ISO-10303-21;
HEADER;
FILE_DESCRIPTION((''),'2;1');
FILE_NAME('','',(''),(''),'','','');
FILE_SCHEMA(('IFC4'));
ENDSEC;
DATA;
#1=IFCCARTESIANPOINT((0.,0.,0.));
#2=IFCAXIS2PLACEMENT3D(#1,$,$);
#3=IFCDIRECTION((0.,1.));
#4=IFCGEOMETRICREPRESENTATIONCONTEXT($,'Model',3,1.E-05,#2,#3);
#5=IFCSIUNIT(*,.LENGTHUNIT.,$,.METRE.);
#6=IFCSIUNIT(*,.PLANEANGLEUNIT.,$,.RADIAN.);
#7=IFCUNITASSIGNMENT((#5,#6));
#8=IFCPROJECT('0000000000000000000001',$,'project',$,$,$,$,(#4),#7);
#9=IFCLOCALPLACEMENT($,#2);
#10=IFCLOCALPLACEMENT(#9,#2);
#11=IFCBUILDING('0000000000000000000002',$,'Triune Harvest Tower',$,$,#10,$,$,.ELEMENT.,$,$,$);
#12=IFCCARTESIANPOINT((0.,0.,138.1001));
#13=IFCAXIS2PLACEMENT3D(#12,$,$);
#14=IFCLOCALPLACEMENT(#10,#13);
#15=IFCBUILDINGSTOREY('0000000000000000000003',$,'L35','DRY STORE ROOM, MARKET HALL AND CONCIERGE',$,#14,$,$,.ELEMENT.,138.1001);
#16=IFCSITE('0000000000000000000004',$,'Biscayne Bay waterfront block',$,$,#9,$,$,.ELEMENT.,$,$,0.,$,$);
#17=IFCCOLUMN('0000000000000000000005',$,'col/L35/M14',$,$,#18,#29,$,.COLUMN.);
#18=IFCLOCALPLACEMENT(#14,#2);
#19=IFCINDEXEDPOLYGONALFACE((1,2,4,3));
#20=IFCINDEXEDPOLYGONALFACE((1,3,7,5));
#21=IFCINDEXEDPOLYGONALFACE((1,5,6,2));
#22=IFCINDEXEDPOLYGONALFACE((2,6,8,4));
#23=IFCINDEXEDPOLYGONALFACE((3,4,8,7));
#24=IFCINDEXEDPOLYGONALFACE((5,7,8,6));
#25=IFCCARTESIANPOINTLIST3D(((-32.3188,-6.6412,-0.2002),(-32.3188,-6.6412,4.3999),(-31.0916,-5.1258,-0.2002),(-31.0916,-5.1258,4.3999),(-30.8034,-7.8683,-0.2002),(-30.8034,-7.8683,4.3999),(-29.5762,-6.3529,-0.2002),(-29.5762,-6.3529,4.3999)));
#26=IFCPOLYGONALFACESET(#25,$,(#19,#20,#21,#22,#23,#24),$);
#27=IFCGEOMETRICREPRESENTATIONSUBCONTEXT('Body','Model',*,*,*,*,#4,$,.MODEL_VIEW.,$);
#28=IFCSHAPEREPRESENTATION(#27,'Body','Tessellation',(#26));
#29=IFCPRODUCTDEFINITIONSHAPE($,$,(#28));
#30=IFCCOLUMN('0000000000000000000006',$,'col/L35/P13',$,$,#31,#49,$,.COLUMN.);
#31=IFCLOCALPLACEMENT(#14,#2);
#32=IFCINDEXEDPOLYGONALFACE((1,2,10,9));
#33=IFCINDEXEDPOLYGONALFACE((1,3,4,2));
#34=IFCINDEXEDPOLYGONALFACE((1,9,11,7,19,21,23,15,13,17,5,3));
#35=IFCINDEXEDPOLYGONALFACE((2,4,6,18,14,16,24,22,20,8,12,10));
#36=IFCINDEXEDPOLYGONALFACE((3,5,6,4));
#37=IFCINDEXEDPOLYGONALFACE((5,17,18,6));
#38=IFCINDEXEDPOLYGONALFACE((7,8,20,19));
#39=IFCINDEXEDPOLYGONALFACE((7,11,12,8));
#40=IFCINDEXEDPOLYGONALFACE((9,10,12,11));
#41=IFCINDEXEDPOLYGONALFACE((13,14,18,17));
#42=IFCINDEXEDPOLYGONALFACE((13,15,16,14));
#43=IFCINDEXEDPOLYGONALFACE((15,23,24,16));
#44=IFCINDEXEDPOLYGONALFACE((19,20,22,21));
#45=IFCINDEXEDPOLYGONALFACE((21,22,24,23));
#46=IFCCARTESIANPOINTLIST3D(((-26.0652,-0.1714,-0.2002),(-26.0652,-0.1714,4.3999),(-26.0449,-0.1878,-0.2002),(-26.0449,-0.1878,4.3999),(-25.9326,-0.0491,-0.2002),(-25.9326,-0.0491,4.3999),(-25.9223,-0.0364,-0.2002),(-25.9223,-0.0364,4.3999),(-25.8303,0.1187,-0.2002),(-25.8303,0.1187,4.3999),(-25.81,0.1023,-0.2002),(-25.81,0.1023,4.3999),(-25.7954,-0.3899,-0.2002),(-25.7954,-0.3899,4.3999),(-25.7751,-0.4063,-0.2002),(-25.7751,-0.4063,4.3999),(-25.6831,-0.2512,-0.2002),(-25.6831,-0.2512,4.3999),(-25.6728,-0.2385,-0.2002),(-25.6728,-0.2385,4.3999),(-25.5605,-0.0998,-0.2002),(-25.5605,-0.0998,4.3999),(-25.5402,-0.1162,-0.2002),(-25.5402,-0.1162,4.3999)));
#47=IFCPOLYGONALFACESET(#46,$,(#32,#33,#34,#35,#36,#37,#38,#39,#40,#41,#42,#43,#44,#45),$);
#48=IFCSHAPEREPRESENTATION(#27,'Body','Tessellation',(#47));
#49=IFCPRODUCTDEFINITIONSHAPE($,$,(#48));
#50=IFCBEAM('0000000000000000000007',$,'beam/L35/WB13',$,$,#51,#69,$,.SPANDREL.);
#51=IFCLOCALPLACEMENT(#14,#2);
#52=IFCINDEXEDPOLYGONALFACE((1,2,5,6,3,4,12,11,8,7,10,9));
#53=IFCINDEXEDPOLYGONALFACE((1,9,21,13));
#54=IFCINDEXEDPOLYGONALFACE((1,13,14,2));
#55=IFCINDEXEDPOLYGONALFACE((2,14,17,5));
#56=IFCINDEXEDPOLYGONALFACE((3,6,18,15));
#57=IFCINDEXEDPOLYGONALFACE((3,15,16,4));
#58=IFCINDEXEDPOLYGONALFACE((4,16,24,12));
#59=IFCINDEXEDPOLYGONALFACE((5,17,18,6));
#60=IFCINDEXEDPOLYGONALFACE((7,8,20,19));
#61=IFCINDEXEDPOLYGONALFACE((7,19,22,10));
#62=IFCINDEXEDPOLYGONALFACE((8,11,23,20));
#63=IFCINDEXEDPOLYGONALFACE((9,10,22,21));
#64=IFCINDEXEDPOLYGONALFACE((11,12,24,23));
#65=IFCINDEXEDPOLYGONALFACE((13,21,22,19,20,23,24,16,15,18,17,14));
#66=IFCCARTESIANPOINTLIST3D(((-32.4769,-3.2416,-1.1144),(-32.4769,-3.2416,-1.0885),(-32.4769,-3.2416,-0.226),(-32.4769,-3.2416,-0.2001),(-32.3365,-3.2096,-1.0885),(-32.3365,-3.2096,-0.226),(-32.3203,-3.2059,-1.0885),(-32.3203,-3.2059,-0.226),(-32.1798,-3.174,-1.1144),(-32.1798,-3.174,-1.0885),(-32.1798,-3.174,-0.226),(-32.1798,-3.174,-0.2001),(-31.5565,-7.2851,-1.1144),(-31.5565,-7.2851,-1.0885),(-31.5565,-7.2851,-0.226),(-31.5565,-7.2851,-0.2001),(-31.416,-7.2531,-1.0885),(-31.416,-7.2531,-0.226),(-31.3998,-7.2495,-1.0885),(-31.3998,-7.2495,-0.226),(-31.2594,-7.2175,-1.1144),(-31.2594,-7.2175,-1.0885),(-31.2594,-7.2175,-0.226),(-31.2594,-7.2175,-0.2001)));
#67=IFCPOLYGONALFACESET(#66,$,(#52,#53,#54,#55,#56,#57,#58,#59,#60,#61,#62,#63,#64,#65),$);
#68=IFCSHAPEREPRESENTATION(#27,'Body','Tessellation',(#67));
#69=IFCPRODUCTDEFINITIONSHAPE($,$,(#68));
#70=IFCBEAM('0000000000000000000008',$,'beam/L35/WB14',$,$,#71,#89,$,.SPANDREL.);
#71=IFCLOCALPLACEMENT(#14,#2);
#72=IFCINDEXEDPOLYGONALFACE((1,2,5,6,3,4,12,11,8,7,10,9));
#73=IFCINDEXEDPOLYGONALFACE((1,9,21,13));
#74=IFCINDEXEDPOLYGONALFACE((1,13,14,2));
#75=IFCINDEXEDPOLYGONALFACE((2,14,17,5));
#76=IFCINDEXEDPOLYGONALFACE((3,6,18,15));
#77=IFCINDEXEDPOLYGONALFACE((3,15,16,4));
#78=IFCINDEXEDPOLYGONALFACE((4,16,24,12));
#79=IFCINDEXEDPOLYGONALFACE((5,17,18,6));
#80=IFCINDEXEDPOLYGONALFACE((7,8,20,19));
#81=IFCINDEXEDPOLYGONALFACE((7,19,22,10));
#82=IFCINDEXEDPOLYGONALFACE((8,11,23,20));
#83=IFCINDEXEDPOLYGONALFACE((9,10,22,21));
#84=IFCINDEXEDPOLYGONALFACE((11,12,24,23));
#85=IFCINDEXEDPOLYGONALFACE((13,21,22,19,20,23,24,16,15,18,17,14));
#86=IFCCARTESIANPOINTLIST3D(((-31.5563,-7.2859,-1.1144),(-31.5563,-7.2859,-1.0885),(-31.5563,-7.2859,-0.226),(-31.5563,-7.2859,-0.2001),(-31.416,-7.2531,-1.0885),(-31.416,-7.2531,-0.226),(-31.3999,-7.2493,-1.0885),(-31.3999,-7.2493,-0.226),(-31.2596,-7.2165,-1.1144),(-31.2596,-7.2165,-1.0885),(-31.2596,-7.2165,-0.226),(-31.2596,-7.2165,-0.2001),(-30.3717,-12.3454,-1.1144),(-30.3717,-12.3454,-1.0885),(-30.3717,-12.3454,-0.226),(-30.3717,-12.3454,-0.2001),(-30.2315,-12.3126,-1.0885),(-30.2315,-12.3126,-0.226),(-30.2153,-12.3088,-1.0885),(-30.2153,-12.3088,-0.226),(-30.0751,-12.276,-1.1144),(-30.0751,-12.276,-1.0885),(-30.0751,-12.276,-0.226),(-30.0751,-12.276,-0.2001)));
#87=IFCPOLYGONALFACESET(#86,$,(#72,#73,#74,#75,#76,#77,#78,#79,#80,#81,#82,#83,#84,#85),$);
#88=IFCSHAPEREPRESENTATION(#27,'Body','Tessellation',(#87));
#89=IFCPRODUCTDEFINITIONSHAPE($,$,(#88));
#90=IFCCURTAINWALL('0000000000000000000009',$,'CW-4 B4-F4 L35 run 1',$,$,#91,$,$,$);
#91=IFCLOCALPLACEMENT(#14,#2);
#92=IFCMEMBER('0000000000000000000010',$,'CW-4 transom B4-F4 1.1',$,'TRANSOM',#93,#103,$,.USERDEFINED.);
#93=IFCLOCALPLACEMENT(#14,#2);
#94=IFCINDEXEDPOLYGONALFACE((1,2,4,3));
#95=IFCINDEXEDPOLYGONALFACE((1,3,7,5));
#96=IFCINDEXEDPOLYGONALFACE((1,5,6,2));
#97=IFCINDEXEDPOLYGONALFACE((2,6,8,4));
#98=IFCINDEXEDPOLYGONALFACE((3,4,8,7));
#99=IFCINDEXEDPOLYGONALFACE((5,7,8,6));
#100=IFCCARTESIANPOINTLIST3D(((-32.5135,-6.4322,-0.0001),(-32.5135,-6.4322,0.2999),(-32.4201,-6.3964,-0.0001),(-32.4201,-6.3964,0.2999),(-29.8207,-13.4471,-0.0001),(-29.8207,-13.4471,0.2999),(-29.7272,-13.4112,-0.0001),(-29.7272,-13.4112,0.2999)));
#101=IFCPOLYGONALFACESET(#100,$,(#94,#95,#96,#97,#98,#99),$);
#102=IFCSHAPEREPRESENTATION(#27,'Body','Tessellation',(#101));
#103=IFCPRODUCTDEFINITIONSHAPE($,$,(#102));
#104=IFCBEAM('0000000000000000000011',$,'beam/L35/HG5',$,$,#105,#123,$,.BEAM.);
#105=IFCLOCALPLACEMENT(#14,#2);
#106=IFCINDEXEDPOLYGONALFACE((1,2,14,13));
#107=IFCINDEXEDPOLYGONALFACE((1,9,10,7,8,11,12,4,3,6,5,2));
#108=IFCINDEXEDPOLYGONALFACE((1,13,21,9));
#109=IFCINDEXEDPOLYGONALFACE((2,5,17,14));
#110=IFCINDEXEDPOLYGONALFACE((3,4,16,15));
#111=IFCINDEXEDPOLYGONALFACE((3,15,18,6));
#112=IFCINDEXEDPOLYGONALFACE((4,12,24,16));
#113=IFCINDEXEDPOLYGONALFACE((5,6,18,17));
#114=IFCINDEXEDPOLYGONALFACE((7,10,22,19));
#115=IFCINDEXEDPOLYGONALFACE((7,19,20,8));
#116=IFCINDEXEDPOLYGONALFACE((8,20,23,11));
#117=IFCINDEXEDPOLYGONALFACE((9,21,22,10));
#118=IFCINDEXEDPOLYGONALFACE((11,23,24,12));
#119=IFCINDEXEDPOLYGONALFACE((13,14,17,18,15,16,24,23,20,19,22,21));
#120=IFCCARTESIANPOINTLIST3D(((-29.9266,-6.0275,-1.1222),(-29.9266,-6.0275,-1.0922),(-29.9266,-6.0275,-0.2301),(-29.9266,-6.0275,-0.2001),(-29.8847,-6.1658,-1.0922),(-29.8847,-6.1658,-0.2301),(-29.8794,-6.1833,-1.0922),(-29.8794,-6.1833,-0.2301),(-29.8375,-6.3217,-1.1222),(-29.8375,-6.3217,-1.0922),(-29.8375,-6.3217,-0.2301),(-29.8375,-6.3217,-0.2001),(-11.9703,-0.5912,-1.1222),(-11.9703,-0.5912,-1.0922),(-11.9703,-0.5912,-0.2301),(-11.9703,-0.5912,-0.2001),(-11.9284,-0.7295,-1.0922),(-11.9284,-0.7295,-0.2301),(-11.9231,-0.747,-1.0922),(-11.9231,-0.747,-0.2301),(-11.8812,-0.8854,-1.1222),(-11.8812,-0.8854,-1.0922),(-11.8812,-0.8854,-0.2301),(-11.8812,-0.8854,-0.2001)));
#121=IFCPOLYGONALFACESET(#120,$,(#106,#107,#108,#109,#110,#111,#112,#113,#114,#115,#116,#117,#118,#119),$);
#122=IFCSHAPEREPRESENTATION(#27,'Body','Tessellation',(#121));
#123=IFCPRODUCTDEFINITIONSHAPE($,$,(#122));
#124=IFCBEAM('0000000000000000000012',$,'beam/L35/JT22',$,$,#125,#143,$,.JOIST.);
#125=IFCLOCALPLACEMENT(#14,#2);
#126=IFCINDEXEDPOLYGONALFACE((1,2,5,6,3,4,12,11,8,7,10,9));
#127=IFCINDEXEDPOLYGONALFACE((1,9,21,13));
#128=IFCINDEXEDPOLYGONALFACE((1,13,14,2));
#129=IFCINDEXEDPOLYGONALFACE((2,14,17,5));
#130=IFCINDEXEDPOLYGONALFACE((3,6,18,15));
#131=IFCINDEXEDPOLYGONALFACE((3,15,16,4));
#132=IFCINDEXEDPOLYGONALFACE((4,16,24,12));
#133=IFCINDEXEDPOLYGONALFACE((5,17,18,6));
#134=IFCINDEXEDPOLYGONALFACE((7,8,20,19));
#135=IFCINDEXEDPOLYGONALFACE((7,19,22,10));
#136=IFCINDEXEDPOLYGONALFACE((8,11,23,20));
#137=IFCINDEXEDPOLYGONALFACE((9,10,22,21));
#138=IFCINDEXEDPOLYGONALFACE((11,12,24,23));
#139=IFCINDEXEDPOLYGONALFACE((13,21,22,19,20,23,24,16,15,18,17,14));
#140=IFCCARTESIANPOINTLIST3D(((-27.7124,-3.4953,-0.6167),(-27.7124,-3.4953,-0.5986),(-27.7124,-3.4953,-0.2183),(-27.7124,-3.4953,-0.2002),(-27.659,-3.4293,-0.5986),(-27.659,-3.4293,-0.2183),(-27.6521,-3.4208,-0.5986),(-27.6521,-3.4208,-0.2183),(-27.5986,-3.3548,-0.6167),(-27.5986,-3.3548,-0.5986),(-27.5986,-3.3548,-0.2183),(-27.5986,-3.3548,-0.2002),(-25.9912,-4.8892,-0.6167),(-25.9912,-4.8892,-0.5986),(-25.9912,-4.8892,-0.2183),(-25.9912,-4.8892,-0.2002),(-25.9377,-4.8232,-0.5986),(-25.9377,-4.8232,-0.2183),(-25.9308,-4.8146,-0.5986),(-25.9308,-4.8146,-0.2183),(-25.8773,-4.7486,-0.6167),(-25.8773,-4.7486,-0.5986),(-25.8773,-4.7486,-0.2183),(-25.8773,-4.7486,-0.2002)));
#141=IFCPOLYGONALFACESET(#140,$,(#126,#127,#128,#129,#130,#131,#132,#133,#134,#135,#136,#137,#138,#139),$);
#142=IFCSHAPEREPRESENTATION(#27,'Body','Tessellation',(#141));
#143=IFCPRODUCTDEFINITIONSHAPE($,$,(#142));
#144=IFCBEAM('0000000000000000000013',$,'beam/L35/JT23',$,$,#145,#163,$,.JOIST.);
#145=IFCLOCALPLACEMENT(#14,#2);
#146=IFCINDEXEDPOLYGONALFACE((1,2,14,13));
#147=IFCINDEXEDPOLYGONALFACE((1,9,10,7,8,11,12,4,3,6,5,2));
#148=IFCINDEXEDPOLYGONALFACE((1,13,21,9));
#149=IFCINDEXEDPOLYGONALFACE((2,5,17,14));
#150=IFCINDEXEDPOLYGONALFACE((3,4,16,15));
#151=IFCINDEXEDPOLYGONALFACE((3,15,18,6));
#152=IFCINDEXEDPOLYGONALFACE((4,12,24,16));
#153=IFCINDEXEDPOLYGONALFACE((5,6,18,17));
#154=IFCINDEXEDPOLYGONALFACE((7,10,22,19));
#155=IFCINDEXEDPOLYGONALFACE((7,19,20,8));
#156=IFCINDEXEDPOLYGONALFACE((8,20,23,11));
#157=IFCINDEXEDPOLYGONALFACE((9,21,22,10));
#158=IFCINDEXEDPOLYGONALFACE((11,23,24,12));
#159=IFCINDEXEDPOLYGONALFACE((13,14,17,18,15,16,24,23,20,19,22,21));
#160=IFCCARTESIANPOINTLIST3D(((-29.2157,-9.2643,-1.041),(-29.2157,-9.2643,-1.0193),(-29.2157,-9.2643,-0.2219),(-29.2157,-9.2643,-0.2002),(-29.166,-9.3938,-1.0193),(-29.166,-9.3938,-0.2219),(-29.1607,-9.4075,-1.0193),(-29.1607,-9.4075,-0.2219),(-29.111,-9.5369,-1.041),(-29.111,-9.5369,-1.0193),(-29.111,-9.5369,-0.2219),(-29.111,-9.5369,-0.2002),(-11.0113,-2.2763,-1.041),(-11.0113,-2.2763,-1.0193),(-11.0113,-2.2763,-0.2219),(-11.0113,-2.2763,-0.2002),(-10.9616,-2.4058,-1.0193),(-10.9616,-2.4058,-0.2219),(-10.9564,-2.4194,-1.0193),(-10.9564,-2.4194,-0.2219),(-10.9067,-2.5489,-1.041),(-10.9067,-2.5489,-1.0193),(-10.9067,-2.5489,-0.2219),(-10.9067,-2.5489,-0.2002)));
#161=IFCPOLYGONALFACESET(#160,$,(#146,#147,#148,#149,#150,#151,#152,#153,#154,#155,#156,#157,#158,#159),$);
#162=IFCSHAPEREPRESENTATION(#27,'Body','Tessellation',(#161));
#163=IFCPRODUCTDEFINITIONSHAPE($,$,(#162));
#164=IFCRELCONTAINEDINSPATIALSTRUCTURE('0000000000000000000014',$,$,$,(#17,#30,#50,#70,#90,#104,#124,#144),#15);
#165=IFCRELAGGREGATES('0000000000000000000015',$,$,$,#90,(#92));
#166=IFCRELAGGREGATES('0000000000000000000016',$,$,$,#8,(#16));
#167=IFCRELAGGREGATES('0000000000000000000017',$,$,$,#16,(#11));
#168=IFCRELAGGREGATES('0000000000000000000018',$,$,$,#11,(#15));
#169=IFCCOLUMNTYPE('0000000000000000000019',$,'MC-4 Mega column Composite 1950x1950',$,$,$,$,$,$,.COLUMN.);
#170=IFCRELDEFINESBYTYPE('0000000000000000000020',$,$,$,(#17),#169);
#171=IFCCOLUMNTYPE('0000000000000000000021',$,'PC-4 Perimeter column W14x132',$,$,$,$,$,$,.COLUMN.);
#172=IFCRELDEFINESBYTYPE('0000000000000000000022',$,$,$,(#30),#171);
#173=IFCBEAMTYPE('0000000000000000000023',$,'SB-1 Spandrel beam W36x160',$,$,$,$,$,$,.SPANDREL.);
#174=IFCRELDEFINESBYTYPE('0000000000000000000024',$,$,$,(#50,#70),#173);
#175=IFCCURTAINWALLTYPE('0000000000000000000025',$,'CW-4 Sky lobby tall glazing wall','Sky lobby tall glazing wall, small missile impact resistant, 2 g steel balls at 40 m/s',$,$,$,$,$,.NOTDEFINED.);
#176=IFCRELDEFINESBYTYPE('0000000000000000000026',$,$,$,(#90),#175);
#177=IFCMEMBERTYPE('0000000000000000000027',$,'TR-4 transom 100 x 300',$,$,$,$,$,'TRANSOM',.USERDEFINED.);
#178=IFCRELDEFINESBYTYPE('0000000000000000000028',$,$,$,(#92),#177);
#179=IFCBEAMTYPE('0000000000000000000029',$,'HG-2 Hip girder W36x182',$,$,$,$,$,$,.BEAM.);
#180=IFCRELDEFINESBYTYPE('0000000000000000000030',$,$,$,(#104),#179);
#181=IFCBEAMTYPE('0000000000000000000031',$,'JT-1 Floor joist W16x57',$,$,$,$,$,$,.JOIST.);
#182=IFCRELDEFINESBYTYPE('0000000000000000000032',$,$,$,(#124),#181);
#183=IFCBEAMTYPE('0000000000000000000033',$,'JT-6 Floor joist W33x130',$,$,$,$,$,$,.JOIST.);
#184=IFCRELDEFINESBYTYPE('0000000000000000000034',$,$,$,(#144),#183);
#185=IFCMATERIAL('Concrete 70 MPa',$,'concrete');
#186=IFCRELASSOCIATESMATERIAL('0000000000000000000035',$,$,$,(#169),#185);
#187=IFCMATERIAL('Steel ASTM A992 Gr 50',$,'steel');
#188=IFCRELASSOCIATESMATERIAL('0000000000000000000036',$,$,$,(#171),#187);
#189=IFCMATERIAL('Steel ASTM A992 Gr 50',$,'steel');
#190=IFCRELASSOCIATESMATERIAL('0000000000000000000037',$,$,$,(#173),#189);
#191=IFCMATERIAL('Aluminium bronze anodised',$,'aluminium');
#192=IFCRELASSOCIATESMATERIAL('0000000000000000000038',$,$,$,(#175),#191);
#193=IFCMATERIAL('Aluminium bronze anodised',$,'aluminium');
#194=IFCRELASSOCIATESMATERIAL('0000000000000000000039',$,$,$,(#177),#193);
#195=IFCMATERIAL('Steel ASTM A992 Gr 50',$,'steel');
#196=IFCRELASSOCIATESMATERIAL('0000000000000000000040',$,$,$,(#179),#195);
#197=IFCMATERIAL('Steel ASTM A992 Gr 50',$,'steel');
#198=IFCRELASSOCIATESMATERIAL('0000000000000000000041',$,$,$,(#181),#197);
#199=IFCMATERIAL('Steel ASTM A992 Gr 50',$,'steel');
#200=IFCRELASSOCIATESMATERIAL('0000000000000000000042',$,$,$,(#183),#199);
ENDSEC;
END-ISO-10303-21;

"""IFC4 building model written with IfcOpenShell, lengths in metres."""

from ifc_helpers import new_model, si_unit, direction, frame, origin, origin_2d, place, context, subcontext, project, spatial, rectangle, i_section, extrude, source, transform, mapped, material, material_profile, profile_set, type_object, element, aggregate, save


model = new_model("IFC4")

# Units and contexts
model_context = context("Model", 3, precision=1e-05, world=origin(), true_north=direction((0.0, 1.0)))
body_context = subcontext(model_context, "Body", "Model", "MODEL_VIEW")
ifc_project = project(units=[si_unit("LENGTHUNIT", "METRE"), si_unit("PLANEANGLEUNIT", "RADIAN")], contexts=[model_context])

# Site, building, storey
site_placement = place(None, origin())
site = spatial("IfcSite", under=ifc_project, at=site_placement, Name="Biscayne Bay waterfront block", CompositionType="ELEMENT", RefElevation=0.0)
building_placement = place(site_placement, origin())
building = spatial("IfcBuilding", under=site, at=building_placement, Name="Triune Harvest Tower", CompositionType="ELEMENT")
storey_placement = place(building_placement, frame((0.0, 0.0, 138.1001)))
storey = spatial("IfcBuildingStorey", under=building, at=storey_placement, Name="L35", Description="DRY STORE ROOM, MARKET HALL AND CONCIERGE", CompositionType="ELEMENT", Elevation=138.1001)

# Columns
ifc_material_1 = material(Name="Concrete 70 MPa", Category="concrete")
ifc_material_profile_1 = material_profile(ifc_material_1, rectangle(XDim=1.95, YDim=1.95, at=origin_2d()), Name="Composite 1950x1950")
ifc_profile_set_1 = profile_set([ifc_material_profile_1], Name="Concrete 70 MPa")
column_type_1 = type_object("IfcColumnType", Name="MC-4 Mega column Composite 1950x1950", PredefinedType="COLUMN", material=ifc_profile_set_1)
shared_shape_1 = source(origin(), body_context, "Body", "SweptSolid", [
    extrude(rectangle(XDim=1.95, YDim=1.95, at=origin_2d()), origin(), (0.0, 0.0, 1.0), 4.6001),
])
column_1_placement = place(storey_placement, frame((-30.9475, -6.4971, -0.2002), z_axis=(0.0, 0.0, 1.0), x_axis=(-0.629322, -0.777145, 0.0)))
element("IfcColumn", 1, at=column_1_placement, inside=storey, type_object=column_type_1, Name="col/L35/M14", PredefinedType="COLUMN", context=body_context, shape_type="MappedRepresentation", body=[
    mapped(shared_shape_1, transform((0.0, 0.0, 0.0), scale=1.0)),
])
ifc_material_2 = material(Name="Steel ASTM A992 Gr 50", Category="steel")
ifc_material_profile_2 = material_profile(ifc_material_2, i_section(OverallWidth=0.3733, OverallDepth=0.3733, WebThickness=0.0164, FlangeThickness=0.0261, at=origin_2d()), Name="W14x132")
ifc_profile_set_2 = profile_set([ifc_material_profile_2], Name="Steel ASTM A992 Gr 50")
column_type_2 = type_object("IfcColumnType", Name="PC-4 Perimeter column W14x132", PredefinedType="COLUMN", material=ifc_profile_set_2)
shared_shape_2 = source(origin(), body_context, "Body", "SweptSolid", [
    extrude(i_section(OverallWidth=0.3733, OverallDepth=0.3733, WebThickness=0.0164, FlangeThickness=0.0261, at=origin_2d()), origin(), (0.0, 0.0, 1.0), 4.6001),
])
column_2_placement = place(storey_placement, frame((-25.8027, -0.1438, -0.2002), z_axis=(0.0, 0.0, 1.0), x_axis=(-0.629322, -0.777145, 0.0)))
element("IfcColumn", 2, at=column_2_placement, inside=storey, type_object=column_type_2, Name="col/L35/P13", PredefinedType="COLUMN", context=body_context, shape_type="MappedRepresentation", body=[
    mapped(shared_shape_2, transform((0.0, 0.0, 0.0), scale=1.0)),
])

# Beams
ifc_material_3 = material(Name="Steel ASTM A992 Gr 50", Category="steel")
ifc_material_profile_3 = material_profile(ifc_material_3, i_section(OverallWidth=0.3047, OverallDepth=0.9143, WebThickness=0.0166, FlangeThickness=0.0259, at=origin_2d()), Name="W36x160")
ifc_profile_set_3 = profile_set([ifc_material_profile_3], Name="Steel ASTM A992 Gr 50")
beam_type_1 = type_object("IfcBeamType", Name="SB-1 Spandrel beam W36x160", PredefinedType="SPANDREL", material=ifc_profile_set_3)
beam_1_placement = place(storey_placement, frame((-32.3284, -3.2078, -0.6572), z_axis=(0.221952, -0.975058, 0.0), x_axis=(0.975058, 0.221952, 0.0)))
element("IfcBeam", 3, at=beam_1_placement, inside=storey, type_object=beam_type_1, Name="beam/L35/WB13", PredefinedType="SPANDREL", context=body_context, shape_type="SweptSolid", body=[
    extrude(i_section(OverallWidth=0.3047, OverallDepth=0.9143, WebThickness=0.0166, FlangeThickness=0.0259, at=origin_2d()), origin(), (0.0, 0.0, 1.0), 4.147),
])
beam_2_placement = place(storey_placement, frame((-31.408, -7.2512, -0.6572), z_axis=(0.22796, -0.97367, 0.0), x_axis=(0.97367, 0.22796, 0.0)))
element("IfcBeam", 4, at=beam_2_placement, inside=storey, type_object=beam_type_1, Name="beam/L35/WB14", PredefinedType="SPANDREL", context=body_context, shape_type="SweptSolid", body=[
    extrude(i_section(OverallWidth=0.3047, OverallDepth=0.9143, WebThickness=0.0166, FlangeThickness=0.0259, at=origin_2d()), origin(), (0.0, 0.0, 1.0), 5.1963),
])

# Curtain wall, member
ifc_material_4 = material(Name="Aluminium bronze anodised", Category="aluminium")
curtain_wall_type_1 = type_object("IfcCurtainWallType", Name="CW-4 Sky lobby tall glazing wall", Description="Sky lobby tall glazing wall, small missile impact resistant, 2 g steel balls at 40 m/s", PredefinedType="NOTDEFINED", material=ifc_material_4)
curtain_wall_1_placement = place(storey_placement, origin())
curtain_wall_1 = element("IfcCurtainWall", 5, at=curtain_wall_1_placement, inside=storey, type_object=curtain_wall_type_1, Name="CW-4 B4-F4 L35 run 1")
ifc_material_5 = material(Name="Aluminium bronze anodised", Category="aluminium")
ifc_material_profile_4 = material_profile(ifc_material_5, rectangle(XDim=0.1001, YDim=0.3, at=origin_2d()), Name="TR-4 transom 100 x 300")
ifc_profile_set_4 = profile_set([ifc_material_profile_4], Name="Aluminium bronze anodised")
member_type_1 = type_object("IfcMemberType", Name="TR-4 transom 100 x 300", ElementType="TRANSOM", PredefinedType="USERDEFINED", material=ifc_profile_set_4)
member_1_placement = place(storey_placement, frame((-32.4668, -6.4143, 0.1499), z_axis=(0.35838, -0.933576, 0.0), x_axis=(0.933576, 0.35838, 0.0)))
member_1 = element("IfcMember", 6, at=member_1_placement, type_object=member_type_1, Name="CW-4 transom B4-F4 1.1", ObjectType="TRANSOM", PredefinedType="USERDEFINED", context=body_context, shape_type="SweptSolid", body=[
    extrude(rectangle(XDim=0.1001, YDim=0.3, at=origin_2d()), origin(), (0.0, 0.0, 1.0), 7.5139),
])

# Beams
ifc_material_6 = material(Name="Steel ASTM A992 Gr 50", Category="steel")
ifc_material_profile_5 = material_profile(ifc_material_6, i_section(OverallWidth=0.3074, OverallDepth=0.9221, WebThickness=0.0183, FlangeThickness=0.03, at=origin_2d()), Name="W36x182")
ifc_profile_set_5 = profile_set([ifc_material_profile_5], Name="Steel ASTM A992 Gr 50")
beam_type_2 = type_object("IfcBeamType", Name="HG-2 Hip girder W36x182", PredefinedType="BEAM", material=ifc_profile_set_5)
shared_shape_3 = source(origin(), body_context, "Body", "SweptSolid", [
    extrude(i_section(OverallWidth=0.3074, OverallDepth=0.9221, WebThickness=0.0183, FlangeThickness=0.03, at=origin_2d()), origin(), (0.0, 0.0, 1.0), 18.7612),
])
beam_3_placement = place(storey_placement, frame((-29.8821, -6.1746, -0.6611), z_axis=(0.957099, 0.289762, 0.0), x_axis=(-0.289762, 0.957099, 0.0)))
element("IfcBeam", 7, at=beam_3_placement, inside=storey, type_object=beam_type_2, Name="beam/L35/HG5", PredefinedType="BEAM", context=body_context, shape_type="MappedRepresentation", body=[
    mapped(shared_shape_3, transform((0.0, 0.0, 0.0), scale=1.0)),
])
ifc_material_7 = material(Name="Steel ASTM A992 Gr 50", Category="steel")
ifc_material_profile_6 = material_profile(ifc_material_7, i_section(OverallWidth=0.1809, OverallDepth=0.4165, WebThickness=0.011, FlangeThickness=0.0181, at=origin_2d()), Name="W16x57")
ifc_profile_set_6 = profile_set([ifc_material_profile_6], Name="Steel ASTM A992 Gr 50")
beam_type_3 = type_object("IfcBeamType", Name="JT-1 Floor joist W16x57", PredefinedType="JOIST", material=ifc_profile_set_6)
shared_shape_4 = source(origin(), body_context, "Body", "SweptSolid", [
    extrude(i_section(OverallWidth=0.1809, OverallDepth=0.4165, WebThickness=0.011, FlangeThickness=0.0181, at=origin_2d()), origin(), (0.0, 0.0, 1.0), 2.2148),
])
beam_4_placement = place(storey_placement, frame((-27.6555, -3.425, -0.4084), z_axis=(0.777145, -0.629322, 0.0), x_axis=(0.629322, 0.777145, 0.0)))
element("IfcBeam", 8, at=beam_4_placement, inside=storey, type_object=beam_type_3, Name="beam/L35/JT22", PredefinedType="JOIST", context=body_context, shape_type="MappedRepresentation", body=[
    mapped(shared_shape_4, transform((0.0, 0.0, 0.0), scale=1.0)),
])
ifc_material_8 = material(Name="Steel ASTM A992 Gr 50", Category="steel")
ifc_material_profile_7 = material_profile(ifc_material_8, i_section(OverallWidth=0.292, OverallDepth=0.8408, WebThickness=0.0146, FlangeThickness=0.0217, at=origin_2d()), Name="W33x130")
ifc_profile_set_7 = profile_set([ifc_material_profile_7], Name="Steel ASTM A992 Gr 50")
beam_type_4 = type_object("IfcBeamType", Name="JT-6 Floor joist W33x130", PredefinedType="JOIST", material=ifc_profile_set_7)
shared_shape_5 = source(origin(), body_context, "Body", "SweptSolid", [
    extrude(i_section(OverallWidth=0.292, OverallDepth=0.8408, WebThickness=0.0146, FlangeThickness=0.0217, at=origin_2d()), origin(), (0.0, 0.0, 1.0), 19.4995),
])
beam_5_placement = place(storey_placement, frame((-29.1633, -9.4006, -0.6206), z_axis=(0.93358, 0.35837, 0.0), x_axis=(-0.35837, 0.93358, 0.0)))
element("IfcBeam", 9, at=beam_5_placement, inside=storey, type_object=beam_type_4, Name="beam/L35/JT23", PredefinedType="JOIST", context=body_context, shape_type="MappedRepresentation", body=[
    mapped(shared_shape_5, transform((0.0, 0.0, 0.0), scale=1.0)),
])

aggregate(curtain_wall_1, [member_1])

save(model, "model.ifc")
